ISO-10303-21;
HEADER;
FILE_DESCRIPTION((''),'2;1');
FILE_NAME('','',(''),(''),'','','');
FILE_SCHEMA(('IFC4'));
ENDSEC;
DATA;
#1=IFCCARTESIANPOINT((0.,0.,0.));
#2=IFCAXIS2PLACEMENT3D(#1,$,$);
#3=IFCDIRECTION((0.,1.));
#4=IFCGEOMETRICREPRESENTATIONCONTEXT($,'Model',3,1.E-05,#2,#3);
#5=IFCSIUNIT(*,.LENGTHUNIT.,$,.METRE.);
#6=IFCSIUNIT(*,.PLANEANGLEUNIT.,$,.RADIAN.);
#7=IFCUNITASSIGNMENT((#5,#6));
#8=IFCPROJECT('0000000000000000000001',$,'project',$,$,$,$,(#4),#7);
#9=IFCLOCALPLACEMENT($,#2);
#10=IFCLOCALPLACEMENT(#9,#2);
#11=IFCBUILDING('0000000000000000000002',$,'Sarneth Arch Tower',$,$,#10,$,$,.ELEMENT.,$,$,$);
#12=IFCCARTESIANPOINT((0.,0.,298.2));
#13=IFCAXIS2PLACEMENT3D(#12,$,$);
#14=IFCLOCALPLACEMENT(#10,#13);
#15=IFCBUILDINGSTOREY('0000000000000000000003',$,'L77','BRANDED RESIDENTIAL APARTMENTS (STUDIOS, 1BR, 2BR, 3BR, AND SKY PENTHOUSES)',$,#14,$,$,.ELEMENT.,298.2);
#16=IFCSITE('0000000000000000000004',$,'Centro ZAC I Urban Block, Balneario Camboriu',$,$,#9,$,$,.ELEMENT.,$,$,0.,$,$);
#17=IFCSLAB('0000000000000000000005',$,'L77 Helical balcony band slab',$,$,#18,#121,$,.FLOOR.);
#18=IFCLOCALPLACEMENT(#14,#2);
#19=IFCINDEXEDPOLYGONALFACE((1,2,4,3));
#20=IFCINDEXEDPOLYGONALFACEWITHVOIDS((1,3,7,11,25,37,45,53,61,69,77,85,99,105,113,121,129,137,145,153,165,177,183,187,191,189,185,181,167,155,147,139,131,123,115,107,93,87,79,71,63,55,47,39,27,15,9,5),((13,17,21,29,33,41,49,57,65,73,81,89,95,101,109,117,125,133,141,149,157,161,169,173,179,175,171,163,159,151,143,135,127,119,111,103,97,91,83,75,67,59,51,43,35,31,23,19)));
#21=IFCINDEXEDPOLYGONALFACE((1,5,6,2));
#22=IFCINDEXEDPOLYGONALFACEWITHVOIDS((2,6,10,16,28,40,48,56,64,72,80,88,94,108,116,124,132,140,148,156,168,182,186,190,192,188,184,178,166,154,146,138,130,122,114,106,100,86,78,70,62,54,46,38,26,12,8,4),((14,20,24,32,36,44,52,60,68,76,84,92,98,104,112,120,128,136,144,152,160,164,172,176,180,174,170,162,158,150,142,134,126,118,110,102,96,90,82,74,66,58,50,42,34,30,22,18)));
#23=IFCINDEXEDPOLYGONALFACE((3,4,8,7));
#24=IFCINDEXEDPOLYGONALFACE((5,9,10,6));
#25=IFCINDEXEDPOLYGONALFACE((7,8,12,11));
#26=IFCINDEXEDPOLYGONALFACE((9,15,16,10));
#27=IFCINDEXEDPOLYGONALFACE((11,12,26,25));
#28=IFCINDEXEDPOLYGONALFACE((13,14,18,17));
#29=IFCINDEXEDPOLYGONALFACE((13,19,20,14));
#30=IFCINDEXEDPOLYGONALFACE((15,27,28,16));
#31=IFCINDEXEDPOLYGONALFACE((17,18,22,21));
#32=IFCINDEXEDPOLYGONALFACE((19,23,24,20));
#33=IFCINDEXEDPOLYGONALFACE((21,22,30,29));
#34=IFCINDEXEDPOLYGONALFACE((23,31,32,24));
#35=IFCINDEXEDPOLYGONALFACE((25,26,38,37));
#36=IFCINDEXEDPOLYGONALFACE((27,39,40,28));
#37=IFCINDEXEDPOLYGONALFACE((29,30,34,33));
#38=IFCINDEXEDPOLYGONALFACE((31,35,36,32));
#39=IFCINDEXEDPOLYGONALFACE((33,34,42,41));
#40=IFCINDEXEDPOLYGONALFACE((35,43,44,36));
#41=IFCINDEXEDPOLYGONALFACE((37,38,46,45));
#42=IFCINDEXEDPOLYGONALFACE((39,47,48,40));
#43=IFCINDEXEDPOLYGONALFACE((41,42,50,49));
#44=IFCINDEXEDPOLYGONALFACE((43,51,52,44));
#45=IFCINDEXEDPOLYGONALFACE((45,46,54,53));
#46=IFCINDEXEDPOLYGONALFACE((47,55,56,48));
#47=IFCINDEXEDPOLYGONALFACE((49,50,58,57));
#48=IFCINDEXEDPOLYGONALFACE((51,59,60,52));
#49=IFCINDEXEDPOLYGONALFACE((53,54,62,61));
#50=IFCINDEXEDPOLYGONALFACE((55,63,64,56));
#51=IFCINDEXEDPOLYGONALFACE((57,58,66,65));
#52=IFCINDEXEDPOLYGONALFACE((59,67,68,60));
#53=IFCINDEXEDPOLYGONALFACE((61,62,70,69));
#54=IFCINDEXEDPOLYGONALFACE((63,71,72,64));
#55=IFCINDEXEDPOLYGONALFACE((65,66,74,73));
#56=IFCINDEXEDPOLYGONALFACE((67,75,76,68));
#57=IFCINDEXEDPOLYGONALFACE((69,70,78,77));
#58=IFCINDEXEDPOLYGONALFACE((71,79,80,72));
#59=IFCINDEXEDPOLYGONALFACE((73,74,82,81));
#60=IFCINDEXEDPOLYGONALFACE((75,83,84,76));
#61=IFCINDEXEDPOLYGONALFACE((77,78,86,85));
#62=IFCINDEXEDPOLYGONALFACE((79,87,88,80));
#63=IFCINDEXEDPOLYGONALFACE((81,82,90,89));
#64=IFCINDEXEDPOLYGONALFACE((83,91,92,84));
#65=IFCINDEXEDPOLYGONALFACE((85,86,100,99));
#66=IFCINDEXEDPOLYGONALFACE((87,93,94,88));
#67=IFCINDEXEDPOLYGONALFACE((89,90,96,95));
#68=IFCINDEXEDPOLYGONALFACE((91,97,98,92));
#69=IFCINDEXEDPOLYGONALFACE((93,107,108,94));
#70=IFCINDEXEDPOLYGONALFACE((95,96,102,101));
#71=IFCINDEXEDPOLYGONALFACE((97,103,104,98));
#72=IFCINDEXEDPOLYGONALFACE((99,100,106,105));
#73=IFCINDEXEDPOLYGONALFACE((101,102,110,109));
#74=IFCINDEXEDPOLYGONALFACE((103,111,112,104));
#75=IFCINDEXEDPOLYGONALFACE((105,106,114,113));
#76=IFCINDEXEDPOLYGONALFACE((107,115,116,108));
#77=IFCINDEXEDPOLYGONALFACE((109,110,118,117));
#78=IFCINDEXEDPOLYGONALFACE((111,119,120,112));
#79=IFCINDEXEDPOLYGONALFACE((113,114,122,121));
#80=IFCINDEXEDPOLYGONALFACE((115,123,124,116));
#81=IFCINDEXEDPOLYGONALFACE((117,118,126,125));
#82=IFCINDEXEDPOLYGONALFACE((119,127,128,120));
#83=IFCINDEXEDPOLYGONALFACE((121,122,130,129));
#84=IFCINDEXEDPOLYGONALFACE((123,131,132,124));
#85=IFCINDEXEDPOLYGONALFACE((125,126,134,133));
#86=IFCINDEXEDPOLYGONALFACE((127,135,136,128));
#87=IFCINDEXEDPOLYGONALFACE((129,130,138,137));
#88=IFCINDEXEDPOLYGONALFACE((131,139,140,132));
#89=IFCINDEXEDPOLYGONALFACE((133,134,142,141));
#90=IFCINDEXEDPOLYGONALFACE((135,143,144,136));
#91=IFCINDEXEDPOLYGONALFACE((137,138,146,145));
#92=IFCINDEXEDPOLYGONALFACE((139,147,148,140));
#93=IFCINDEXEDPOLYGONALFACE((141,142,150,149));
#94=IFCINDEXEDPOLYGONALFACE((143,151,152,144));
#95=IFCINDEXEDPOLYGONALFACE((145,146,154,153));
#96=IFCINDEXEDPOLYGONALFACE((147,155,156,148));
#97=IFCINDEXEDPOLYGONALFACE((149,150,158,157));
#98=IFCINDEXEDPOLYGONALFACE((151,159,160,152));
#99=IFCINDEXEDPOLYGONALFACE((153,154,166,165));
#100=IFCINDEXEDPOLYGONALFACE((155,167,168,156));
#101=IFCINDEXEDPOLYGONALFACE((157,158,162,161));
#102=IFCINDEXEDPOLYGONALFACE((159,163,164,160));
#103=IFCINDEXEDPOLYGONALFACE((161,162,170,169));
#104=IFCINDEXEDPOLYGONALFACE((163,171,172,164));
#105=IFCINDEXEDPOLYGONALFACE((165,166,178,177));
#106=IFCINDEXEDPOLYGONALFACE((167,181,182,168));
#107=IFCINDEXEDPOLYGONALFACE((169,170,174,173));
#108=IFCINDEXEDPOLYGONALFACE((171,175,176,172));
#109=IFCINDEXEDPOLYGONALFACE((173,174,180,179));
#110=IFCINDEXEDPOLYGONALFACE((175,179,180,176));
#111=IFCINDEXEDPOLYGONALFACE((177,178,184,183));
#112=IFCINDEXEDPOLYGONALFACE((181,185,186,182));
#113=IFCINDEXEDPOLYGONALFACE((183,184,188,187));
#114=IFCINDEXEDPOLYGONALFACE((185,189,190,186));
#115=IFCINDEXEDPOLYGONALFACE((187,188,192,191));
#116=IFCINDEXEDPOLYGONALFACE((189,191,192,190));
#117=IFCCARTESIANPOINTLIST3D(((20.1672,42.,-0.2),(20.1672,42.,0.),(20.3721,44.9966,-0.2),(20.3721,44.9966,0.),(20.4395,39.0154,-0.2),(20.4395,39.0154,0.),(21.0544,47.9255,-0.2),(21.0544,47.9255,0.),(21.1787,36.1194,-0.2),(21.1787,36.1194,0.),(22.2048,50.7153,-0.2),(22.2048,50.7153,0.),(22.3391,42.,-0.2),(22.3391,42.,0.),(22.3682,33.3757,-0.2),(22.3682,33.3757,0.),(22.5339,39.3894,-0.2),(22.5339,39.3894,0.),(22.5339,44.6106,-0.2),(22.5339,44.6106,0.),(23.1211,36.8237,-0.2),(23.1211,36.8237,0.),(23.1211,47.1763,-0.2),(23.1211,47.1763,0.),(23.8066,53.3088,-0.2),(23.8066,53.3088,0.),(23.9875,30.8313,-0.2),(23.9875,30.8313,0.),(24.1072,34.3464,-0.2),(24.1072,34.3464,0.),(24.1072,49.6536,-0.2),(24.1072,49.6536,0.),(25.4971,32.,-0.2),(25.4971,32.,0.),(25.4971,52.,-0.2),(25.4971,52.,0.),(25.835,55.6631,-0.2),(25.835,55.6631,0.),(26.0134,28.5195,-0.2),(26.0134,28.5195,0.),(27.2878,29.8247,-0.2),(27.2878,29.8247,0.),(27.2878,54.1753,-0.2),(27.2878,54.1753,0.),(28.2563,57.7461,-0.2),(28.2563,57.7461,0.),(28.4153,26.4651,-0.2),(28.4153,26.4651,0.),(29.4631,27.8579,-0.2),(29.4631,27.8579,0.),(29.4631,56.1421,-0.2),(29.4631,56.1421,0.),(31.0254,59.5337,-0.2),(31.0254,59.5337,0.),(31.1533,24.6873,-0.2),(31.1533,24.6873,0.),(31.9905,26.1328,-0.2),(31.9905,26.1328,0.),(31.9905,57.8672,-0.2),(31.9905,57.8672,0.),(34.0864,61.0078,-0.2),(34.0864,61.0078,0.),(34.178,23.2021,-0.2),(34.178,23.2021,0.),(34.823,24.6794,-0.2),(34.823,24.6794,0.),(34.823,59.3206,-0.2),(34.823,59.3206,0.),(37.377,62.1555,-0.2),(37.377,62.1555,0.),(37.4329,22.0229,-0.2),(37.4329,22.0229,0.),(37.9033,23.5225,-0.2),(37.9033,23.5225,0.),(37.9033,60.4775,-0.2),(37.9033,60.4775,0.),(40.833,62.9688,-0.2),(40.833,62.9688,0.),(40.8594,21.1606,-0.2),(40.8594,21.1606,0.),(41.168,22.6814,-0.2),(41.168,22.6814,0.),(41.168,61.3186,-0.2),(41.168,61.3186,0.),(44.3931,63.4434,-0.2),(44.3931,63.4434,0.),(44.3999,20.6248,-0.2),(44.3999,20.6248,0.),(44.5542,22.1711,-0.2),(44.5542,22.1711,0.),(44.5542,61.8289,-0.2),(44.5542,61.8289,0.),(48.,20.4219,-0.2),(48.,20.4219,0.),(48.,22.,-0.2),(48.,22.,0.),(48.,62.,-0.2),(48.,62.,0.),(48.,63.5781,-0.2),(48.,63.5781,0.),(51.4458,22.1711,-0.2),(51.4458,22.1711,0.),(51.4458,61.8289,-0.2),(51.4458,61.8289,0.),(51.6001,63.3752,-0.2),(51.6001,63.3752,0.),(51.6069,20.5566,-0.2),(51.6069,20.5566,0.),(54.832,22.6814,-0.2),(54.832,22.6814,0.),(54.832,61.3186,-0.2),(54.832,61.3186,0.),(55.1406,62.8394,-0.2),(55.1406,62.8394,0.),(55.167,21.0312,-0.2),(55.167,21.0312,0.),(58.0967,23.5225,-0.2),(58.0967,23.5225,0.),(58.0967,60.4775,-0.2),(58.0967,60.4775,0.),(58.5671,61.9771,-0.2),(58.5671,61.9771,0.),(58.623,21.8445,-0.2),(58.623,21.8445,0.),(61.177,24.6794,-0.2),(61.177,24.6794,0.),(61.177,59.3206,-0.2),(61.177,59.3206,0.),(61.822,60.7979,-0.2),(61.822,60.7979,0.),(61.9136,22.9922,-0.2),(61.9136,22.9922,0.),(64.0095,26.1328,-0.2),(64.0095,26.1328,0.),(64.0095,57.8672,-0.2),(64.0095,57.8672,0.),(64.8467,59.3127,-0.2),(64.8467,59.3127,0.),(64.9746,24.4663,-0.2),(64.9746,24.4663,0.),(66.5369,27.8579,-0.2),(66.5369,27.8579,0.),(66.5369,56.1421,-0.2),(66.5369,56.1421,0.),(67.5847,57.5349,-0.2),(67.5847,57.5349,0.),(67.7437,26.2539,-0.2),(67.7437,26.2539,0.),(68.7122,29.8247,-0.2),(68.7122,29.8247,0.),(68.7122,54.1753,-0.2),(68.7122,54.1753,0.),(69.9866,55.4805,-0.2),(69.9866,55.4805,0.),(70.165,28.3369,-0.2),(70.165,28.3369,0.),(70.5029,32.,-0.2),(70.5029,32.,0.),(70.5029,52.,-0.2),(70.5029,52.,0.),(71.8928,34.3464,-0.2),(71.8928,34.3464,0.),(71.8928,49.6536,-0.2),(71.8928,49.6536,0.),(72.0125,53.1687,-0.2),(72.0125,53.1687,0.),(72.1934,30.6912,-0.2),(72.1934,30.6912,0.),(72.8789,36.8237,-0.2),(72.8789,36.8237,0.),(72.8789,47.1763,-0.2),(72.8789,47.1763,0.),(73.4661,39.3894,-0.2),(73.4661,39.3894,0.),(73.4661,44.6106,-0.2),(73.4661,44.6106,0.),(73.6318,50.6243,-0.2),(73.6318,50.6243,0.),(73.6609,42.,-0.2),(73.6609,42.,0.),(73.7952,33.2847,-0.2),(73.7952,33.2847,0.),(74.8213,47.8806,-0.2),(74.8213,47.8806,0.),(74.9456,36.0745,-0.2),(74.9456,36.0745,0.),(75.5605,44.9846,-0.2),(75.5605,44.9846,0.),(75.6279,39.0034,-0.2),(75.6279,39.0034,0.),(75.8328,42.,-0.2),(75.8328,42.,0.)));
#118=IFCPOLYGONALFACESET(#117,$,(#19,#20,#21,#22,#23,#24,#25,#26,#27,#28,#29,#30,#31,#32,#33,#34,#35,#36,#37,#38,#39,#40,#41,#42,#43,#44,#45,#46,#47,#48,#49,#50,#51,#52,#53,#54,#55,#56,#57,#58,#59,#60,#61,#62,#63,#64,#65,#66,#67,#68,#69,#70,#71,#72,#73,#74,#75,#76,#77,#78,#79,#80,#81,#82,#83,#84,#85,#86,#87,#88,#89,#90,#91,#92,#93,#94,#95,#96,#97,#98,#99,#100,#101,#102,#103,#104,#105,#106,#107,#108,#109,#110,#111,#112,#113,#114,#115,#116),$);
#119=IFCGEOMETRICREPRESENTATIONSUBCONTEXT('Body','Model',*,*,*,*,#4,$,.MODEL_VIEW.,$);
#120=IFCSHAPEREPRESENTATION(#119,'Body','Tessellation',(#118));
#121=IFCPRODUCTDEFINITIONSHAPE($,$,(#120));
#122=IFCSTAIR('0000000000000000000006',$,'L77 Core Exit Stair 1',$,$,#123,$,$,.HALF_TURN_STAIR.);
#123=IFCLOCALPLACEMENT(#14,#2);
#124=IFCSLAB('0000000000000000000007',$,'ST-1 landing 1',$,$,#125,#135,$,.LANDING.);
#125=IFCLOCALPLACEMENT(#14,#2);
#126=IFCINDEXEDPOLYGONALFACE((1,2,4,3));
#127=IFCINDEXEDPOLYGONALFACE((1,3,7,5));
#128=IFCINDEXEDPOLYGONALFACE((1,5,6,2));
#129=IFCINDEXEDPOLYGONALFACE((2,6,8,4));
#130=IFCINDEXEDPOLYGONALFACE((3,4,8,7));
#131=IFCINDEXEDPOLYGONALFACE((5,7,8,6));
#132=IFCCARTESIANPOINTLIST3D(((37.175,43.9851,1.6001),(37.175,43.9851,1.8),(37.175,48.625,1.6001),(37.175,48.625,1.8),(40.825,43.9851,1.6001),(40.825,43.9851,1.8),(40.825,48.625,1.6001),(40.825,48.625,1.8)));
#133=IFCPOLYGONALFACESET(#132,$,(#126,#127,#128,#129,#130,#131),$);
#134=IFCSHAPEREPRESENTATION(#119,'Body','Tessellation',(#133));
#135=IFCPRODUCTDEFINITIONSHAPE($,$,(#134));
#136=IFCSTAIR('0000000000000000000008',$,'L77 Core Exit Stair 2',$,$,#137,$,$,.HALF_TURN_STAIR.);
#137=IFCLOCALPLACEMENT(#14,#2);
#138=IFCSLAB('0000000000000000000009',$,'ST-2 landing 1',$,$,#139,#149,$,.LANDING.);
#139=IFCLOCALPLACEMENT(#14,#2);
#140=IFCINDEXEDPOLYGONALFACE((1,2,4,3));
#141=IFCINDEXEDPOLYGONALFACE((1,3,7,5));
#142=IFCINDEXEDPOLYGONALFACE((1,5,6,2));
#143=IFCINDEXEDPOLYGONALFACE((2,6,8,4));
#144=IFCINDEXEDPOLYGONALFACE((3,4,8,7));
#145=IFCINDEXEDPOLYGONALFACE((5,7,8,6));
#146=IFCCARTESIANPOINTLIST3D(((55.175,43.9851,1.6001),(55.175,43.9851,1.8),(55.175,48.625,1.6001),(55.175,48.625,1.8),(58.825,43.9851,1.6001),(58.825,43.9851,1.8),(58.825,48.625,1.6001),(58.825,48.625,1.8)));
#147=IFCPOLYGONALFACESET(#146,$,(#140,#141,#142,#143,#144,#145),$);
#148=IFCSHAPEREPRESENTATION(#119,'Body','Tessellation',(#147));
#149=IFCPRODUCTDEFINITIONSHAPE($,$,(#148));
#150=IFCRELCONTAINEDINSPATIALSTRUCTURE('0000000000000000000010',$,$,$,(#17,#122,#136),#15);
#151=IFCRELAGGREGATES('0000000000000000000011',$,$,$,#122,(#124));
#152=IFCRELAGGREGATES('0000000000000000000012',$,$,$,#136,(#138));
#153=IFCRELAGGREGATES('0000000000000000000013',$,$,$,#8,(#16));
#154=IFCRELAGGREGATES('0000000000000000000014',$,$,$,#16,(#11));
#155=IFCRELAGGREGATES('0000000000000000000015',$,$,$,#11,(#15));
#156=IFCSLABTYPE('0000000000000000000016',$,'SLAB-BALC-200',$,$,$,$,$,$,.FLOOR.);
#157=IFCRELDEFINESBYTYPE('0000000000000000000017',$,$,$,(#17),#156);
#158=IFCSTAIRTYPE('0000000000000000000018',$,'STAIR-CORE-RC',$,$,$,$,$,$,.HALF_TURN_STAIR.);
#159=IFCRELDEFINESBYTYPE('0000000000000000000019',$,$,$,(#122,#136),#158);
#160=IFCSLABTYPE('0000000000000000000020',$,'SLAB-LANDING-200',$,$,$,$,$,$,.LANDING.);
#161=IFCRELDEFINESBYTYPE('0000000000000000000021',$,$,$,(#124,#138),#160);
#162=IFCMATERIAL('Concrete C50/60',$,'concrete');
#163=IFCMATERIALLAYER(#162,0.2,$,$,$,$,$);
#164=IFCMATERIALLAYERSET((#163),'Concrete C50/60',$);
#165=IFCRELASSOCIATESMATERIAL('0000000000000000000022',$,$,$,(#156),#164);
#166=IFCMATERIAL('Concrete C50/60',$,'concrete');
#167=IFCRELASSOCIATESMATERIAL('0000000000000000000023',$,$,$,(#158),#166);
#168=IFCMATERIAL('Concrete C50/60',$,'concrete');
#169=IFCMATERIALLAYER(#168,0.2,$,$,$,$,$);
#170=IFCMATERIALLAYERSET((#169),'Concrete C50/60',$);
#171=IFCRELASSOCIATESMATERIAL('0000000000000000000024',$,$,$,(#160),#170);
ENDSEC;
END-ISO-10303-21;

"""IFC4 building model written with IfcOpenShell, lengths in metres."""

from ifc_helpers import new_model, si_unit, direction, frame, origin, place, context, subcontext, project, spatial, polyline, outline, extrude, material, layer, layer_set, type_object, element, aggregate, save


model = new_model("IFC4")

# Units and contexts
model_context = context("Model", 3, precision=1e-05, world=origin(), true_north=direction((0.0, 1.0)))
body_context = subcontext(model_context, "Body", "Model", "MODEL_VIEW")
ifc_project = project(units=[si_unit("LENGTHUNIT", "METRE"), si_unit("PLANEANGLEUNIT", "RADIAN")], contexts=[model_context])

# Site, building, storey
site_placement = place(None, origin())
site = spatial("IfcSite", under=ifc_project, at=site_placement, Name="Centro ZAC I Urban Block, Balneario Camboriu", CompositionType="ELEMENT", RefElevation=0.0)
building_placement = place(site_placement, origin())
building = spatial("IfcBuilding", under=site, at=building_placement, Name="Sarneth Arch Tower", CompositionType="ELEMENT")
storey_placement = place(building_placement, frame((0.0, 0.0, 298.2)))
storey = spatial("IfcBuildingStorey", under=building, at=storey_placement, Name="L77", Description="BRANDED RESIDENTIAL APARTMENTS (STUDIOS, 1BR, 2BR, 3BR, AND SKY PENTHOUSES)", CompositionType="ELEMENT", Elevation=298.2)

# Slab
ifc_material_1 = material(Name="Concrete C50/60", Category="concrete")
ifc_layer_1 = layer(ifc_material_1, 0.2)
ifc_layer_set_1 = layer_set([ifc_layer_1], Name="Concrete C50/60")
slab_type_1 = type_object("IfcSlabType", Name="SLAB-BALC-200", PredefinedType="FLOOR", material=ifc_layer_set_1)
slab_1_placement = place(storey_placement, frame((0.0, 0.0, -0.2)))
element("IfcSlab", 1, at=slab_1_placement, inside=storey, type_object=slab_type_1, Name="L77 Helical balcony band slab", PredefinedType="FLOOR", context=body_context, shape_type="SweptSolid", body=[
    extrude(outline(polyline([(75.8328, 42.0), (75.5605, 44.9846), (74.8213, 47.8806), (73.6318, 50.6243), (72.0125, 53.1687), (69.9866, 55.4805), (67.5847, 57.5349), (64.8467, 59.3127), (61.822, 60.7979), (58.5671, 61.9771), (55.1406, 62.8394), (51.6001, 63.3752), (48.0, 63.5781), (44.3931, 63.4434), (40.833, 62.9688), (37.377, 62.1555), (34.0864, 61.0078), (31.0254, 59.5337), (28.2563, 57.7461), (25.835, 55.6631), (23.8066, 53.3088), (22.2048, 50.7153), (21.0544, 47.9255), (20.3721, 44.9966), (20.1672, 42.0), (20.4395, 39.0154), (21.1787, 36.1194), (22.3682, 33.3757), (23.9875, 30.8313), (26.0134, 28.5195), (28.4153, 26.4651), (31.1533, 24.6873), (34.178, 23.2021), (37.4329, 22.0229), (40.8594, 21.1606), (44.3999, 20.6248), (48.0, 20.4219), (51.6069, 20.5566), (55.167, 21.0312), (58.623, 21.8445), (61.9136, 22.9922), (64.9746, 24.4663), (67.7437, 26.2539), (70.165, 28.3369), (72.1934, 30.6912), (73.7952, 33.2847), (74.9456, 36.0745), (75.6279, 39.0034), (75.8328, 42.0)]), holes=[polyline([(73.6609, 42.0), (73.4661, 44.6106), (72.8789, 47.1763), (71.8928, 49.6536), (70.5029, 52.0), (68.7122, 54.1753), (66.5369, 56.1421), (64.0095, 57.8672), (61.177, 59.3206), (58.0967, 60.4775), (54.832, 61.3186), (51.4458, 61.8289), (48.0, 62.0), (44.5542, 61.8289), (41.168, 61.3186), (37.9033, 60.4775), (34.823, 59.3206), (31.9905, 57.8672), (29.4631, 56.1421), (27.2878, 54.1753), (25.4971, 52.0), (24.1072, 49.6536), (23.1211, 47.1763), (22.5339, 44.6106), (22.3391, 42.0), (22.5339, 39.3894), (23.1211, 36.8237), (24.1072, 34.3464), (25.4971, 32.0), (27.2878, 29.8247), (29.4631, 27.8579), (31.9905, 26.1328), (34.823, 24.6794), (37.9033, 23.5225), (41.168, 22.6814), (44.5542, 22.1711), (48.0, 22.0), (51.4458, 22.1711), (54.832, 22.6814), (58.0967, 23.5225), (61.177, 24.6794), (64.0095, 26.1328), (66.5369, 27.8579), (68.7122, 29.8247), (70.5029, 32.0), (71.8928, 34.3464), (72.8789, 36.8237), (73.4661, 39.3894), (73.6609, 42.0)])]), origin(), (0.0, 0.0, 1.0), 0.2),
])

# Stairs, slabs
ifc_material_2 = material(Name="Concrete C50/60", Category="concrete")
stair_type = type_object("IfcStairType", Name="STAIR-CORE-RC", PredefinedType="HALF_TURN_STAIR", material=ifc_material_2)
stair_1_placement = place(storey_placement, origin())
stair_1 = element("IfcStair", 2, at=stair_1_placement, inside=storey, type_object=stair_type, Name="L77 Core Exit Stair 1", PredefinedType="HALF_TURN_STAIR")
ifc_material_3 = material(Name="Concrete C50/60", Category="concrete")
ifc_layer_2 = layer(ifc_material_3, 0.2)
ifc_layer_set_2 = layer_set([ifc_layer_2], Name="Concrete C50/60")
slab_type_2 = type_object("IfcSlabType", Name="SLAB-LANDING-200", PredefinedType="LANDING", material=ifc_layer_set_2)
slab_2_placement = place(storey_placement, frame((0.0, 0.0, 1.6001)))
slab_2 = element("IfcSlab", 3, at=slab_2_placement, type_object=slab_type_2, Name="ST-1 landing 1", PredefinedType="LANDING", context=body_context, shape_type="SweptSolid", body=[
    extrude(outline(polyline([(37.175, 43.9851), (40.825, 43.9851), (40.825, 48.625), (37.175, 48.625), (37.175, 43.9851)])), origin(), (0.0, 0.0, 1.0), 0.2),
])
aggregate(stair_1, [slab_2])
stair_2_placement = place(storey_placement, origin())
stair_2 = element("IfcStair", 4, at=stair_2_placement, inside=storey, type_object=stair_type, Name="L77 Core Exit Stair 2", PredefinedType="HALF_TURN_STAIR")
slab_3_placement = place(storey_placement, frame((0.0, 0.0, 1.6001)))
slab_3 = element("IfcSlab", 5, at=slab_3_placement, type_object=slab_type_2, Name="ST-2 landing 1", PredefinedType="LANDING", context=body_context, shape_type="SweptSolid", body=[
    extrude(outline(polyline([(55.175, 43.9851), (58.825, 43.9851), (58.825, 48.625), (55.175, 48.625), (55.175, 43.9851)])), origin(), (0.0, 0.0, 1.0), 0.2),
])
aggregate(stair_2, [slab_3])

save(model, "model.ifc")
